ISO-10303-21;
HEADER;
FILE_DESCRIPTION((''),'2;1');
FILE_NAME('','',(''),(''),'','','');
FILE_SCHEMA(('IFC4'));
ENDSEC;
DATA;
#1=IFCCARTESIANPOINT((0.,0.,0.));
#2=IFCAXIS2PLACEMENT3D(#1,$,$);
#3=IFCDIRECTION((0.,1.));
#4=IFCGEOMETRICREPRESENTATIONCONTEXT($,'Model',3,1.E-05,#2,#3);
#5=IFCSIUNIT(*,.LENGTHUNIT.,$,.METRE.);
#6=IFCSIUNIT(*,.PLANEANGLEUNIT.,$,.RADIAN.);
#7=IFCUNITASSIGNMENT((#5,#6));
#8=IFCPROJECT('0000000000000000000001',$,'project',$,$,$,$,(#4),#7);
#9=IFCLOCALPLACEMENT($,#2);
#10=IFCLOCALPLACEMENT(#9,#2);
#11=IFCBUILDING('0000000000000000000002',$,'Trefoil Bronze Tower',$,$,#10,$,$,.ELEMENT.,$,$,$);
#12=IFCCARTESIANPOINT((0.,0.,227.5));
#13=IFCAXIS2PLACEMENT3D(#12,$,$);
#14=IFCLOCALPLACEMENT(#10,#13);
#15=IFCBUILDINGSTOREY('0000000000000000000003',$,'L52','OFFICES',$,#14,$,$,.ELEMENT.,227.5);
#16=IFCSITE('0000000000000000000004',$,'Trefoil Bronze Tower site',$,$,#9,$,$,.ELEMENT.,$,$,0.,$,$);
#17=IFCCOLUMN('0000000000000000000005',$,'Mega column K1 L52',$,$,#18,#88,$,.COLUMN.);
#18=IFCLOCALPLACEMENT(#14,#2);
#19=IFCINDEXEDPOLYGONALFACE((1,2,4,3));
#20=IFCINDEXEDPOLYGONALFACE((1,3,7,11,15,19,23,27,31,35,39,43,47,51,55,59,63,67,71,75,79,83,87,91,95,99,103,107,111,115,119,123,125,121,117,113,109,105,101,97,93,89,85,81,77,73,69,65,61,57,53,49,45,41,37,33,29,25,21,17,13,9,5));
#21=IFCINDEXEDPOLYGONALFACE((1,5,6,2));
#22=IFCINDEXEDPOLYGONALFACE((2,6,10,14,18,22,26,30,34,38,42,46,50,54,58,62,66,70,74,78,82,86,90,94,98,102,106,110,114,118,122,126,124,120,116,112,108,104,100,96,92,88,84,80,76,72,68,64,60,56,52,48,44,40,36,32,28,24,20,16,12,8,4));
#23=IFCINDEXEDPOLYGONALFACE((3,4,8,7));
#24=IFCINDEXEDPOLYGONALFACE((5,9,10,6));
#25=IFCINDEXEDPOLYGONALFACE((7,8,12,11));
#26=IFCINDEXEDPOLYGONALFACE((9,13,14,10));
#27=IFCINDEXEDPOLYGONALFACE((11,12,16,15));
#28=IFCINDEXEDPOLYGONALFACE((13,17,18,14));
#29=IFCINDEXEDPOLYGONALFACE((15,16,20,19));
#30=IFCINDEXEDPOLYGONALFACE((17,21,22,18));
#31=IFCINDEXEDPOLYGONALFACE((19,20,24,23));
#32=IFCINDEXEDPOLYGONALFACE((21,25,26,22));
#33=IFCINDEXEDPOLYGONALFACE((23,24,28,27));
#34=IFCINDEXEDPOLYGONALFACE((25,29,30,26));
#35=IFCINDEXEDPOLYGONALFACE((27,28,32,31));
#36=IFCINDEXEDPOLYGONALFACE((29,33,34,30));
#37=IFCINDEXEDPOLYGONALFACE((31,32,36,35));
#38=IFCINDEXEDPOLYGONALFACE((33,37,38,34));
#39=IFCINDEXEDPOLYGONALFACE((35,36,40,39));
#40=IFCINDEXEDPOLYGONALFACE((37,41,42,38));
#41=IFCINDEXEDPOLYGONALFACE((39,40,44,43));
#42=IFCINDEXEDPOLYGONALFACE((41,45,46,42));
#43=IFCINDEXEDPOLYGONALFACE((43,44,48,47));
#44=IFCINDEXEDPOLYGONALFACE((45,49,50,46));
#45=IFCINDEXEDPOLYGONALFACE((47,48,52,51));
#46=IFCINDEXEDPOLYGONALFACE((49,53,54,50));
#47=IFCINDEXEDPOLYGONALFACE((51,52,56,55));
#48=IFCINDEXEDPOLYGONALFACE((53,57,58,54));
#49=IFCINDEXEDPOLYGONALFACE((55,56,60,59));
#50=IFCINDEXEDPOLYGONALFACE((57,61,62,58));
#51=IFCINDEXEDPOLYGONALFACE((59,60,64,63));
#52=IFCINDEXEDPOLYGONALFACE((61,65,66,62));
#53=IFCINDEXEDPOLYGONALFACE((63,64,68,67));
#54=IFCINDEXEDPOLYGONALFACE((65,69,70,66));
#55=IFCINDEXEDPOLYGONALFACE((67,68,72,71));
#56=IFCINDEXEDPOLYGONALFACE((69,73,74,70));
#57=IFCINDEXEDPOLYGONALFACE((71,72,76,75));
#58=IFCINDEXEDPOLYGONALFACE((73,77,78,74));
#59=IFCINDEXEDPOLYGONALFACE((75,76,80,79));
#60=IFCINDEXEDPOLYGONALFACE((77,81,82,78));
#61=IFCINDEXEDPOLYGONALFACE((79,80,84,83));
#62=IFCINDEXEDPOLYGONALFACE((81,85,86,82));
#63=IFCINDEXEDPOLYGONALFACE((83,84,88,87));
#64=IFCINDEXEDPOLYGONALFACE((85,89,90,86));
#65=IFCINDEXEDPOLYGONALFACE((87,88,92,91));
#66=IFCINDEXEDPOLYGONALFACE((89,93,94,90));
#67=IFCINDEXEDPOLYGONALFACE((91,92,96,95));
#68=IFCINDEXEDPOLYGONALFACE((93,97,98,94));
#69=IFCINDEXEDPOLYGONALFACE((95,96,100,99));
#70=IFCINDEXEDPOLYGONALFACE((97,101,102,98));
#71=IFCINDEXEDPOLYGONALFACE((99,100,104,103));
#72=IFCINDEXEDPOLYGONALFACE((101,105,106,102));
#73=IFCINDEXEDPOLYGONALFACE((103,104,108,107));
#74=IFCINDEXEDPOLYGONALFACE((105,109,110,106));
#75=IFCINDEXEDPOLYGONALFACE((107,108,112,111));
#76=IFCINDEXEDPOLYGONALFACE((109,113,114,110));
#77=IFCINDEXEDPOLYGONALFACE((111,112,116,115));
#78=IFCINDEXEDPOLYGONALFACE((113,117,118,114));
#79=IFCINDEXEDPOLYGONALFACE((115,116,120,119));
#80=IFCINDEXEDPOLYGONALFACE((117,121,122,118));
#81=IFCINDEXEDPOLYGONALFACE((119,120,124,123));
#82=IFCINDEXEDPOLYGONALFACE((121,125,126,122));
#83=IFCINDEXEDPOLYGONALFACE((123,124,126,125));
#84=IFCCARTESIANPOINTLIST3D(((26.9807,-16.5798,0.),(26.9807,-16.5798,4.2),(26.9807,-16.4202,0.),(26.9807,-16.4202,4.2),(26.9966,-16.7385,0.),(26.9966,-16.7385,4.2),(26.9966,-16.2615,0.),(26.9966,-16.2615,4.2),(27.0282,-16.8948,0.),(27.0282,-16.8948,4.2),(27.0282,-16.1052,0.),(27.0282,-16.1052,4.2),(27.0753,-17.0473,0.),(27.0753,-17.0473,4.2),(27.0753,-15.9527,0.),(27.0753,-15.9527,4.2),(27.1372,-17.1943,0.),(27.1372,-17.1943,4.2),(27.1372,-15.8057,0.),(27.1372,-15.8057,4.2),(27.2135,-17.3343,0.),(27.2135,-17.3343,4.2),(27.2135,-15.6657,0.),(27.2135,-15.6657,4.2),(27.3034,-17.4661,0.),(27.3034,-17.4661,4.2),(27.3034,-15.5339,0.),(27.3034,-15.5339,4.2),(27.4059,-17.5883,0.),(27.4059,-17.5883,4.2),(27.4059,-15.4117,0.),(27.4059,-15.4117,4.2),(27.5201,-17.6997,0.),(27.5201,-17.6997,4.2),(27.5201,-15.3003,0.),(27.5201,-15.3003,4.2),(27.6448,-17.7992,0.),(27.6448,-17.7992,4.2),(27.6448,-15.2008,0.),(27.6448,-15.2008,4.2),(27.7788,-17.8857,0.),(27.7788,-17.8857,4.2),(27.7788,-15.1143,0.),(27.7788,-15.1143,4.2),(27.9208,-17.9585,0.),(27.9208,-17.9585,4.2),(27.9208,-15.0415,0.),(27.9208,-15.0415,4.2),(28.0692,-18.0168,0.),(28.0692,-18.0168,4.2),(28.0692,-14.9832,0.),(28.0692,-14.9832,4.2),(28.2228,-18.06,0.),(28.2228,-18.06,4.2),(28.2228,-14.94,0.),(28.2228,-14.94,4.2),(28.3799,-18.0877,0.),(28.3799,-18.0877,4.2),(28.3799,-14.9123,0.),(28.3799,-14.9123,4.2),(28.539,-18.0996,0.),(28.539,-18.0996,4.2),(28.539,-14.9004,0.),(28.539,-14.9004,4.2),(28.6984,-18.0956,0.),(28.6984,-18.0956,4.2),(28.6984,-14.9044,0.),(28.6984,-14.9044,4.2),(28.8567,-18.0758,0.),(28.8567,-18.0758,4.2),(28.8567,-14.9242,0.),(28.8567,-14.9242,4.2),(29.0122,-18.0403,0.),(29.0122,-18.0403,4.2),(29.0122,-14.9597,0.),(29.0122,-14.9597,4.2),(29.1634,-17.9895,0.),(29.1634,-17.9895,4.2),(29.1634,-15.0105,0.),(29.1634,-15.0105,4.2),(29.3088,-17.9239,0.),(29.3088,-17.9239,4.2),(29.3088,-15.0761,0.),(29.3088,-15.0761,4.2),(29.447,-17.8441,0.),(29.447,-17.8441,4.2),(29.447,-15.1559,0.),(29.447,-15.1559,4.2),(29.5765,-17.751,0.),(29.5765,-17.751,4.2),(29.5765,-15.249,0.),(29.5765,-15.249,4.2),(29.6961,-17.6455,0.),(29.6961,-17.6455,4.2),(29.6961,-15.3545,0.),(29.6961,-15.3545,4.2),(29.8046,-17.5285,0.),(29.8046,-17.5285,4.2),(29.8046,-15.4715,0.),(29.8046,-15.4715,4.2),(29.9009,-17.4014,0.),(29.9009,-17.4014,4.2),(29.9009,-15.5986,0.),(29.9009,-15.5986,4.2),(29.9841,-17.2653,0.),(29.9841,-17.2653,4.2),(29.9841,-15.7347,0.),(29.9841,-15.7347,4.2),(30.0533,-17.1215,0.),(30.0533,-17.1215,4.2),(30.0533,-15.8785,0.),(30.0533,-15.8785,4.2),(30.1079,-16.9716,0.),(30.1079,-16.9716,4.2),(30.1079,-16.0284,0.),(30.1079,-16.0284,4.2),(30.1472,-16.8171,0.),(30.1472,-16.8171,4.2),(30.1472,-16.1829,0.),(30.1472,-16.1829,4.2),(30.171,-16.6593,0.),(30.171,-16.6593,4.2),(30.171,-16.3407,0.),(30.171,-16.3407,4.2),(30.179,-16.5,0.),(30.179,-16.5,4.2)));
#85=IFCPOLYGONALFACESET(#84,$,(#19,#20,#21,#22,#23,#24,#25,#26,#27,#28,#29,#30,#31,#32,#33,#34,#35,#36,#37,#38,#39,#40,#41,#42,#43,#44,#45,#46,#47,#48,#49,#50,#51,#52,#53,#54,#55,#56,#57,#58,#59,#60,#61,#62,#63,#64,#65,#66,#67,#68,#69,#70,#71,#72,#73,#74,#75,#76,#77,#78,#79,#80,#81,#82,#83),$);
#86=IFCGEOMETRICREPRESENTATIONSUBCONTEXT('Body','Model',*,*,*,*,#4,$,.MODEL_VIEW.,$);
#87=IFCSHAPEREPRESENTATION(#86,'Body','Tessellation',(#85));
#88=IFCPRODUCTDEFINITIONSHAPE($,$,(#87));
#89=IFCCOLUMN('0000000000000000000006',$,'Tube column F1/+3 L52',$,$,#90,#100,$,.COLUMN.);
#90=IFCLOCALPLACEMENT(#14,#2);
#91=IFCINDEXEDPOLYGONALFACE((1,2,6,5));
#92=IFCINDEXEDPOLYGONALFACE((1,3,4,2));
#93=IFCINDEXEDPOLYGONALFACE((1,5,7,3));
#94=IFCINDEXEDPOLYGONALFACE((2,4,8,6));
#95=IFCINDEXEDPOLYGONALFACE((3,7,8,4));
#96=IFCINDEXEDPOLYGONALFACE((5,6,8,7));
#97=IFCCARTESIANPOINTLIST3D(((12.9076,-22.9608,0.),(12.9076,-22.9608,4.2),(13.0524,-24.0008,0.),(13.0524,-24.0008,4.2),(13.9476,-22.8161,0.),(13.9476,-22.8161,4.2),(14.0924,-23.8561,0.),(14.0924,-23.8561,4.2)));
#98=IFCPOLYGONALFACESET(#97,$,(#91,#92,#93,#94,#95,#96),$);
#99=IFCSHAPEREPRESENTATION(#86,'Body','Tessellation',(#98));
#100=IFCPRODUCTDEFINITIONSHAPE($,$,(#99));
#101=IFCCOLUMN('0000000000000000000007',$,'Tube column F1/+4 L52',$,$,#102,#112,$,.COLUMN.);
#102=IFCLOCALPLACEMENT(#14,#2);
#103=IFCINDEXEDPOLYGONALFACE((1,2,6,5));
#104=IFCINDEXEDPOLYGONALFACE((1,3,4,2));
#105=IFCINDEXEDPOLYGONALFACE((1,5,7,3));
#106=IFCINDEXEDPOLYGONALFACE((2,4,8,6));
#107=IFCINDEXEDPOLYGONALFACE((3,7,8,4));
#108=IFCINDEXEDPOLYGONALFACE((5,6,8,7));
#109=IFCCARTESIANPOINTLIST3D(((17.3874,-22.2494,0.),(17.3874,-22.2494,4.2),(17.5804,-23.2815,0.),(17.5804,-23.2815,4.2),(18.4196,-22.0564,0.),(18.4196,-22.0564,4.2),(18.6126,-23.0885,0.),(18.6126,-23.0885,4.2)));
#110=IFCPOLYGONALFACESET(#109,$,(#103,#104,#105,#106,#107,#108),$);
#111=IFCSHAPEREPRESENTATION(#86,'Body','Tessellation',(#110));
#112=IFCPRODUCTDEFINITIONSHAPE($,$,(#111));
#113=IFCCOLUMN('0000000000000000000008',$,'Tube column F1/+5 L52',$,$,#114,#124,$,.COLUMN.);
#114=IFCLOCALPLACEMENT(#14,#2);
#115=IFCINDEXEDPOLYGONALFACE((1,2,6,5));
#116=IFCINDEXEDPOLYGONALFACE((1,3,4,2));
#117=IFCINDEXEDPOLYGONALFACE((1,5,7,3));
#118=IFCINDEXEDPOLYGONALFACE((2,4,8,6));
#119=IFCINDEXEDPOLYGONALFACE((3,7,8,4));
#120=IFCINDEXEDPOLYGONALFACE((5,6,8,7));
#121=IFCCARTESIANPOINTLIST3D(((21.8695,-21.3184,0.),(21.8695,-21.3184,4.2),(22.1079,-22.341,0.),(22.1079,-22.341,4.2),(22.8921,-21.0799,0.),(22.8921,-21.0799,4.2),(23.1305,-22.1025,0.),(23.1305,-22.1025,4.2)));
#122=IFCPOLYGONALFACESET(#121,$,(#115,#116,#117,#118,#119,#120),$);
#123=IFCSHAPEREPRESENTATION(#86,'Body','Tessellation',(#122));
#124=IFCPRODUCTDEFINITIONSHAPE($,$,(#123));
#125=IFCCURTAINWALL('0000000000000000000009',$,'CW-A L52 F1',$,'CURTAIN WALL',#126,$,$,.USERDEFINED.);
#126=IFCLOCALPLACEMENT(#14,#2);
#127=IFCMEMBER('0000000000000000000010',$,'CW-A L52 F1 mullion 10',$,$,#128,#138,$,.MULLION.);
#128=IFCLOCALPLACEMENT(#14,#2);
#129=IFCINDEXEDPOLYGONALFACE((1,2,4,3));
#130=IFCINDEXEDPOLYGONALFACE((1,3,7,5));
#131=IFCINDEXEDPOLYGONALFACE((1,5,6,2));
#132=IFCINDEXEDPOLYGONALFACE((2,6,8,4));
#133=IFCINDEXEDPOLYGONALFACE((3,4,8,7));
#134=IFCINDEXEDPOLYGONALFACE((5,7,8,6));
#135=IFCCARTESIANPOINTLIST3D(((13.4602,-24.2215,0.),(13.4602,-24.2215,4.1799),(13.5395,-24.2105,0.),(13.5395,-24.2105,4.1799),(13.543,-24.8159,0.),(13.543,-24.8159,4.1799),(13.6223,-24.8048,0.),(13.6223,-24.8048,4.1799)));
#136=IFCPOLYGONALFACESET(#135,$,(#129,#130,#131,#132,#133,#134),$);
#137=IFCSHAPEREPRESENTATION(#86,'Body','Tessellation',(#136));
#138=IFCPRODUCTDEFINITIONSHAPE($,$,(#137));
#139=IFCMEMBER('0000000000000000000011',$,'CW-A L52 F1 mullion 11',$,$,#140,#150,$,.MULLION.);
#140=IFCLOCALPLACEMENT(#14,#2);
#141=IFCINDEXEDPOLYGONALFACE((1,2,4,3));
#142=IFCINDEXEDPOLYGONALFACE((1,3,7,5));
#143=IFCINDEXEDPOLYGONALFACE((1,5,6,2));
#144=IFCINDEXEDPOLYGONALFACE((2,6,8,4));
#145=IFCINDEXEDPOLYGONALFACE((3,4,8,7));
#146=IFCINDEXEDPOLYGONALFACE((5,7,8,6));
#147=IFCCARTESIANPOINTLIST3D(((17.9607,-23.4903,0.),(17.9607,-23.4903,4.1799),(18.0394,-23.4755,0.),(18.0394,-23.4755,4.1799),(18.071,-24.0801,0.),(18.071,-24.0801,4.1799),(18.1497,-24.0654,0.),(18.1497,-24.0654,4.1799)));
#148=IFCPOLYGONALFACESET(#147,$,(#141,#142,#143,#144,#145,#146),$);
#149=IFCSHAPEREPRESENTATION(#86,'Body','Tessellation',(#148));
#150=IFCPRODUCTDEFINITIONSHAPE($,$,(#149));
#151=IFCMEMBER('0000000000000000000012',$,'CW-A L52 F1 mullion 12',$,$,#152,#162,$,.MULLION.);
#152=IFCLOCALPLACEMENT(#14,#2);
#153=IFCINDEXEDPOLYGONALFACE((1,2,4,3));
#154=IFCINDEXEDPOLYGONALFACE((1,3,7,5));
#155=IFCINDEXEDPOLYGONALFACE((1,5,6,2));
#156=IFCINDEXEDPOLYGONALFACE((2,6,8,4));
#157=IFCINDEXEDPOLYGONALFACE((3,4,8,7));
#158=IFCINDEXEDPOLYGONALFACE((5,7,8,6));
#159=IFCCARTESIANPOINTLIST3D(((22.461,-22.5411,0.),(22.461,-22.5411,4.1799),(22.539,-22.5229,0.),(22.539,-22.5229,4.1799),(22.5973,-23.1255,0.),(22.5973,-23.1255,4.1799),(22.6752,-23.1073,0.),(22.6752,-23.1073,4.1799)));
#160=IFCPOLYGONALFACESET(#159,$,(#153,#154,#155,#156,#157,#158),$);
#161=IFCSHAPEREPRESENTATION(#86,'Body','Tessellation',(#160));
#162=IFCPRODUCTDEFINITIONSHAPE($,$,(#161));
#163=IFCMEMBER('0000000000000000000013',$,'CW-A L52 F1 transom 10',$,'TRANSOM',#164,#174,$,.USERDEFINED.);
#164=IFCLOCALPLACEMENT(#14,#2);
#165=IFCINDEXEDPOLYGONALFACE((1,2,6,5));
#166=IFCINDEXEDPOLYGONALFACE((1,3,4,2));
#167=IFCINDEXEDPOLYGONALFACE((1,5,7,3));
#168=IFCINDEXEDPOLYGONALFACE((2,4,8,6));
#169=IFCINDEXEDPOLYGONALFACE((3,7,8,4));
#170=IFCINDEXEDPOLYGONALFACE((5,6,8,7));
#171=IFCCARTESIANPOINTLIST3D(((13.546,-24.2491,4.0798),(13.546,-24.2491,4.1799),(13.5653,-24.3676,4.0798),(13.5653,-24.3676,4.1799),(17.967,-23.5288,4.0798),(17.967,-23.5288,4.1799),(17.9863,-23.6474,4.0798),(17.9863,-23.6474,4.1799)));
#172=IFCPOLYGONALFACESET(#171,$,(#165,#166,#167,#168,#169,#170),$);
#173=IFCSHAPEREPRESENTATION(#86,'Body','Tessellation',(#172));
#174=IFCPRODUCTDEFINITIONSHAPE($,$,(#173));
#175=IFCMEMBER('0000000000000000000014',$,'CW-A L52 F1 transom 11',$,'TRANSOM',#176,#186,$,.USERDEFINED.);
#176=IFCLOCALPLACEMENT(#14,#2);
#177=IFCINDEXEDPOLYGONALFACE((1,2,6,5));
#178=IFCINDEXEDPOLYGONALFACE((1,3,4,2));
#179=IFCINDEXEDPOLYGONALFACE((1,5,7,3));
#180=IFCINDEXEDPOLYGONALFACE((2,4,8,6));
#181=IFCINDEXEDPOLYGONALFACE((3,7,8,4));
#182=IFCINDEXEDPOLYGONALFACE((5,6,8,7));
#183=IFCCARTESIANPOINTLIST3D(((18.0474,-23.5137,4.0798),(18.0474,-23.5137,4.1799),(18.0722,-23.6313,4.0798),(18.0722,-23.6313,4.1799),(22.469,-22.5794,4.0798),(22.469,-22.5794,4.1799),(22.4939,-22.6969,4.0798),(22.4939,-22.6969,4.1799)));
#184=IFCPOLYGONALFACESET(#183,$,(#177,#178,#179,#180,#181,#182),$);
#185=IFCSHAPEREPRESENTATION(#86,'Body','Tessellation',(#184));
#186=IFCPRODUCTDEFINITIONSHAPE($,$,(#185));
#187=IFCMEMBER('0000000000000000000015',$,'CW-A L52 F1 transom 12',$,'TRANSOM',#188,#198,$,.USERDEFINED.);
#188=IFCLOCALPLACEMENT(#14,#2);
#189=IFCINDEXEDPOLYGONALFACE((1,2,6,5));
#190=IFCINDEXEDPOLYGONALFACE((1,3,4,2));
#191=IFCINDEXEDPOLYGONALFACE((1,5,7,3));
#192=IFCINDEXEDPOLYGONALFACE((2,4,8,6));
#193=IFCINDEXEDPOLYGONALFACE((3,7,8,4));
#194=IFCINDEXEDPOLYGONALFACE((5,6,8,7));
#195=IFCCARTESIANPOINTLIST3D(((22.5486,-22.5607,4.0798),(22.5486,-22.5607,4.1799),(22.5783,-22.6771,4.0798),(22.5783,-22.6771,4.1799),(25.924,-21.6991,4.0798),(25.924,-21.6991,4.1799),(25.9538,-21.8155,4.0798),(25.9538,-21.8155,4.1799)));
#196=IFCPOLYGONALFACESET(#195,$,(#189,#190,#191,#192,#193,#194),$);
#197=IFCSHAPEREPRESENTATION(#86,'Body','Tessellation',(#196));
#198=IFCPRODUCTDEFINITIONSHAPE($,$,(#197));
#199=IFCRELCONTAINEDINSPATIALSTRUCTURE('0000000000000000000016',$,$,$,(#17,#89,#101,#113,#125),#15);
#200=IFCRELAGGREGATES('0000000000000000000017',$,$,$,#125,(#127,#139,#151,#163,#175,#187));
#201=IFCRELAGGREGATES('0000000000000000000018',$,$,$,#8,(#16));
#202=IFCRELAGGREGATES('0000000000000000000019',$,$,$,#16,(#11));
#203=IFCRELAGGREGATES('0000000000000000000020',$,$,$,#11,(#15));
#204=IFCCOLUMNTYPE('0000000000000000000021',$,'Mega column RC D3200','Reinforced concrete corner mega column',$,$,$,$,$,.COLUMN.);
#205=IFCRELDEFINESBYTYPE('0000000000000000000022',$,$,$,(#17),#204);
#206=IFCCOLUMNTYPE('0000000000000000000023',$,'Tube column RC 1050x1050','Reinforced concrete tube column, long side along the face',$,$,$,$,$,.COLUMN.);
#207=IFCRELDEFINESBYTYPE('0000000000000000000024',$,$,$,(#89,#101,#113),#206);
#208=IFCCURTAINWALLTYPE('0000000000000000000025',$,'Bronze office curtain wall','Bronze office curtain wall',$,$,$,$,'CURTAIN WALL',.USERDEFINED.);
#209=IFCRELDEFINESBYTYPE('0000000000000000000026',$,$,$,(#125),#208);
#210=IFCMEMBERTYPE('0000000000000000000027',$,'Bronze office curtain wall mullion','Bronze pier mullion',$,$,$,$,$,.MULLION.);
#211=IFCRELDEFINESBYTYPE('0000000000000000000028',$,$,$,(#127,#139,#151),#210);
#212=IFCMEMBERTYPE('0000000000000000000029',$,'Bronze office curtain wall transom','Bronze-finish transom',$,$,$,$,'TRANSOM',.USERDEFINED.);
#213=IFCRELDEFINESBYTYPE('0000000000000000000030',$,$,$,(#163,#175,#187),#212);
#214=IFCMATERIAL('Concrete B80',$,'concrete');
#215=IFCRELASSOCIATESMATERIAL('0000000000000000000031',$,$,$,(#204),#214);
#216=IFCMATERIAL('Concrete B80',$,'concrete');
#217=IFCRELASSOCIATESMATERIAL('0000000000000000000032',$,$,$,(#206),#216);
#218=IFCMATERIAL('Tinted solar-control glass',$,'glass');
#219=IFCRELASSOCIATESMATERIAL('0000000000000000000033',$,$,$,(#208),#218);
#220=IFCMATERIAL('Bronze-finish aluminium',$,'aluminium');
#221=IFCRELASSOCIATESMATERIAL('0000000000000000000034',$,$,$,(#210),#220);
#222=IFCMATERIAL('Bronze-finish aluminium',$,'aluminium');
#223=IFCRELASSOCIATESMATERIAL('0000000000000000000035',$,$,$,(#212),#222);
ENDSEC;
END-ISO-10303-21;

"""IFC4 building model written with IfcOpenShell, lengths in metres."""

from ifc_helpers import new_model, si_unit, direction, frame, origin, origin_2d, place, context, subcontext, project, spatial, rectangle, circle, extrude, material, material_profile, profile_set, type_object, element, aggregate, save


model = new_model("IFC4")

# Units and contexts
model_context = context("Model", 3, precision=1e-05, world=origin(), true_north=direction((0.0, 1.0)))
body_context = subcontext(model_context, "Body", "Model", "MODEL_VIEW")
ifc_project = project(units=[si_unit("LENGTHUNIT", "METRE"), si_unit("PLANEANGLEUNIT", "RADIAN")], contexts=[model_context])

# Site, building, storey
site_placement = place(None, origin())
site = spatial("IfcSite", under=ifc_project, at=site_placement, Name="Trefoil Bronze Tower site", CompositionType="ELEMENT", RefElevation=0.0)
building_placement = place(site_placement, origin())
building = spatial("IfcBuilding", under=site, at=building_placement, Name="Trefoil Bronze Tower", CompositionType="ELEMENT")
storey_placement = place(building_placement, frame((0.0, 0.0, 227.5)))
storey = spatial("IfcBuildingStorey", under=building, at=storey_placement, Name="L52", Description="OFFICES", CompositionType="ELEMENT", Elevation=227.5)

# Columns
ifc_material_1 = material(Name="Concrete B80", Category="concrete")
ifc_material_profile_1 = material_profile(ifc_material_1, circle(Radius=1.6001, at=origin_2d()), Name="RC D3200")
ifc_profile_set_1 = profile_set([ifc_material_profile_1], Name="Concrete B80")
column_type_1 = type_object("IfcColumnType", Name="Mega column RC D3200", Description="Reinforced concrete corner mega column", PredefinedType="COLUMN", material=ifc_profile_set_1)
column_placement = place(storey_placement, frame((28.5789, -16.5, 0.0), z_axis=(0.0, 0.0, 1.0), x_axis=(1.0, 0.0, 0.0)))
element("IfcColumn", 1, at=column_placement, inside=storey, type_object=column_type_1, Name="Mega column K1 L52", PredefinedType="COLUMN", context=body_context, shape_type="SweptSolid", body=[
    extrude(circle(Radius=1.6001, at=origin_2d()), origin(), (0.0, 0.0, 1.0), 4.2),
])
ifc_material_2 = material(Name="Concrete B80", Category="concrete")
ifc_material_profile_2 = material_profile(ifc_material_2, rectangle(XDim=1.05, YDim=1.05, at=origin_2d()), Name="RC 1050x1050")
ifc_profile_set_2 = profile_set([ifc_material_profile_2], Name="Concrete B80")
column_type_2 = type_object("IfcColumnType", Name="Tube column RC 1050x1050", Description="Reinforced concrete tube column, long side along the face", PredefinedType="COLUMN", material=ifc_profile_set_2)
for number, where, z_axis, x_axis, name in (
    (2, (13.5, -23.4084, 0.0), (0.0, 0.0, 1.0), (0.990451, 0.137868, 0.0), "Tube column F1/+3 L52"),
    (3, (18.0, -22.6689, 0.0), (0.0, 0.0, 1.0), (0.982959, 0.183825, 0.0), "Tube column F1/+4 L52"),
    (4, (22.5, -21.7104, 0.0), (0.0, 0.0, 1.0), (0.973875, 0.227083, 0.0), "Tube column F1/+5 L52"),
):
    element("IfcColumn", number, at=place(storey_placement, frame(where, z_axis=z_axis, x_axis=x_axis)), inside=storey, type_object=column_type_2, Name=name, PredefinedType="COLUMN", context=body_context, shape_type="SweptSolid", body=[
        extrude(rectangle(XDim=1.05, YDim=1.05, at=origin_2d()), origin(), (0.0, 0.0, 1.0), 4.2),
    ])

# Curtain wall, members
ifc_material_3 = material(Name="Tinted solar-control glass", Category="glass")
curtain_wall_type_1 = type_object("IfcCurtainWallType", Name="Bronze office curtain wall", Description="Bronze office curtain wall", ElementType="CURTAIN WALL", PredefinedType="USERDEFINED", material=ifc_material_3)
curtain_wall_1_placement = place(storey_placement, origin())
curtain_wall_1 = element("IfcCurtainWall", 5, at=curtain_wall_1_placement, inside=storey, type_object=curtain_wall_type_1, Name="CW-A L52 F1", ObjectType="CURTAIN WALL", PredefinedType="USERDEFINED")
ifc_material_4 = material(Name="Bronze-finish aluminium", Category="aluminium")
ifc_material_profile_3 = material_profile(ifc_material_4, rectangle(XDim=0.6001, YDim=0.0801, at=origin_2d()), Name="CW-A mullion")
ifc_profile_set_3 = profile_set([ifc_material_profile_3], Name="Bronze-finish aluminium")
member_type_1 = type_object("IfcMemberType", Name="Bronze office curtain wall mullion", Description="Bronze pier mullion", PredefinedType="MULLION", material=ifc_profile_set_3)
member_1_placement = place(storey_placement, frame((13.5413, -24.5132, 0.0), z_axis=(0.0, 0.0, 1.0), x_axis=(-0.137868, 0.990451, 0.0)))
member_1 = element("IfcMember", 6, at=member_1_placement, type_object=member_type_1, Name="CW-A L52 F1 mullion 10", PredefinedType="MULLION", context=body_context, shape_type="SweptSolid", body=[
    extrude(rectangle(XDim=0.6001, YDim=0.0801, at=origin_2d()), origin(), (0.0, 0.0, 1.0), 4.1799),
])
member_2_placement = place(storey_placement, frame((18.0552, -23.7778, 0.0), z_axis=(0.0, 0.0, 1.0), x_axis=(-0.183825, 0.982959, 0.0)))
member_2 = element("IfcMember", 7, at=member_2_placement, type_object=member_type_1, Name="CW-A L52 F1 mullion 11", PredefinedType="MULLION", context=body_context, shape_type="SweptSolid", body=[
    extrude(rectangle(XDim=0.6001, YDim=0.0801, at=origin_2d()), origin(), (0.0, 0.0, 1.0), 4.1799),
])
member_3_placement = place(storey_placement, frame((22.5681, -22.8242, 0.0), z_axis=(0.0, 0.0, 1.0), x_axis=(-0.227083, 0.973875, 0.0)))
member_3 = element("IfcMember", 8, at=member_3_placement, type_object=member_type_1, Name="CW-A L52 F1 mullion 12", PredefinedType="MULLION", context=body_context, shape_type="SweptSolid", body=[
    extrude(rectangle(XDim=0.6001, YDim=0.0801, at=origin_2d()), origin(), (0.0, 0.0, 1.0), 4.1799),
])
ifc_material_5 = material(Name="Bronze-finish aluminium", Category="aluminium")
ifc_material_profile_4 = material_profile(ifc_material_5, rectangle(XDim=0.1201, YDim=0.1001, at=origin_2d()), Name="CW-A transom")
ifc_profile_set_4 = profile_set([ifc_material_profile_4], Name="Bronze-finish aluminium")
member_type_2 = type_object("IfcMemberType", Name="Bronze office curtain wall transom", Description="Bronze-finish transom", ElementType="TRANSOM", PredefinedType="USERDEFINED", material=ifc_profile_set_4)
member_4_placement = place(storey_placement, frame((13.5557, -24.3083, 4.1299), z_axis=(0.986988, 0.160792, 0.0), x_axis=(-0.160792, 0.986988, 0.0)))
member_4 = element("IfcMember", 9, at=member_4_placement, type_object=member_type_2, Name="CW-A L52 F1 transom 10", ObjectType="TRANSOM", PredefinedType="USERDEFINED", context=body_context, shape_type="SweptSolid", body=[
    extrude(rectangle(XDim=0.1201, YDim=0.1001, at=origin_2d()), origin(), (0.0, 0.0, 1.0), 4.4792),
])
member_5_placement = place(storey_placement, frame((18.0598, -23.5725, 4.1299), z_axis=(0.978395, 0.206743, 0.0), x_axis=(-0.206743, 0.978395, 0.0)))
member_5 = element("IfcMember", 10, at=member_5_placement, type_object=member_type_2, Name="CW-A L52 F1 transom 11", ObjectType="TRANSOM", PredefinedType="USERDEFINED", context=body_context, shape_type="SweptSolid", body=[
    extrude(rectangle(XDim=0.1201, YDim=0.1001, at=origin_2d()), origin(), (0.0, 0.0, 1.0), 4.5193),
])
member_6_placement = place(storey_placement, frame((22.5635, -22.6189, 4.1299), z_axis=(0.968935, 0.247315, 0.0), x_axis=(-0.247315, 0.968935, 0.0)))
member_6 = element("IfcMember", 11, at=member_6_placement, type_object=member_type_2, Name="CW-A L52 F1 transom 12", ObjectType="TRANSOM", PredefinedType="USERDEFINED", context=body_context, shape_type="SweptSolid", body=[
    extrude(rectangle(XDim=0.1201, YDim=0.1001, at=origin_2d()), origin(), (0.0, 0.0, 1.0), 3.4836),
])

aggregate(curtain_wall_1, [member_1, member_2, member_3, member_4, member_5, member_6])

save(model, "model.ifc")
